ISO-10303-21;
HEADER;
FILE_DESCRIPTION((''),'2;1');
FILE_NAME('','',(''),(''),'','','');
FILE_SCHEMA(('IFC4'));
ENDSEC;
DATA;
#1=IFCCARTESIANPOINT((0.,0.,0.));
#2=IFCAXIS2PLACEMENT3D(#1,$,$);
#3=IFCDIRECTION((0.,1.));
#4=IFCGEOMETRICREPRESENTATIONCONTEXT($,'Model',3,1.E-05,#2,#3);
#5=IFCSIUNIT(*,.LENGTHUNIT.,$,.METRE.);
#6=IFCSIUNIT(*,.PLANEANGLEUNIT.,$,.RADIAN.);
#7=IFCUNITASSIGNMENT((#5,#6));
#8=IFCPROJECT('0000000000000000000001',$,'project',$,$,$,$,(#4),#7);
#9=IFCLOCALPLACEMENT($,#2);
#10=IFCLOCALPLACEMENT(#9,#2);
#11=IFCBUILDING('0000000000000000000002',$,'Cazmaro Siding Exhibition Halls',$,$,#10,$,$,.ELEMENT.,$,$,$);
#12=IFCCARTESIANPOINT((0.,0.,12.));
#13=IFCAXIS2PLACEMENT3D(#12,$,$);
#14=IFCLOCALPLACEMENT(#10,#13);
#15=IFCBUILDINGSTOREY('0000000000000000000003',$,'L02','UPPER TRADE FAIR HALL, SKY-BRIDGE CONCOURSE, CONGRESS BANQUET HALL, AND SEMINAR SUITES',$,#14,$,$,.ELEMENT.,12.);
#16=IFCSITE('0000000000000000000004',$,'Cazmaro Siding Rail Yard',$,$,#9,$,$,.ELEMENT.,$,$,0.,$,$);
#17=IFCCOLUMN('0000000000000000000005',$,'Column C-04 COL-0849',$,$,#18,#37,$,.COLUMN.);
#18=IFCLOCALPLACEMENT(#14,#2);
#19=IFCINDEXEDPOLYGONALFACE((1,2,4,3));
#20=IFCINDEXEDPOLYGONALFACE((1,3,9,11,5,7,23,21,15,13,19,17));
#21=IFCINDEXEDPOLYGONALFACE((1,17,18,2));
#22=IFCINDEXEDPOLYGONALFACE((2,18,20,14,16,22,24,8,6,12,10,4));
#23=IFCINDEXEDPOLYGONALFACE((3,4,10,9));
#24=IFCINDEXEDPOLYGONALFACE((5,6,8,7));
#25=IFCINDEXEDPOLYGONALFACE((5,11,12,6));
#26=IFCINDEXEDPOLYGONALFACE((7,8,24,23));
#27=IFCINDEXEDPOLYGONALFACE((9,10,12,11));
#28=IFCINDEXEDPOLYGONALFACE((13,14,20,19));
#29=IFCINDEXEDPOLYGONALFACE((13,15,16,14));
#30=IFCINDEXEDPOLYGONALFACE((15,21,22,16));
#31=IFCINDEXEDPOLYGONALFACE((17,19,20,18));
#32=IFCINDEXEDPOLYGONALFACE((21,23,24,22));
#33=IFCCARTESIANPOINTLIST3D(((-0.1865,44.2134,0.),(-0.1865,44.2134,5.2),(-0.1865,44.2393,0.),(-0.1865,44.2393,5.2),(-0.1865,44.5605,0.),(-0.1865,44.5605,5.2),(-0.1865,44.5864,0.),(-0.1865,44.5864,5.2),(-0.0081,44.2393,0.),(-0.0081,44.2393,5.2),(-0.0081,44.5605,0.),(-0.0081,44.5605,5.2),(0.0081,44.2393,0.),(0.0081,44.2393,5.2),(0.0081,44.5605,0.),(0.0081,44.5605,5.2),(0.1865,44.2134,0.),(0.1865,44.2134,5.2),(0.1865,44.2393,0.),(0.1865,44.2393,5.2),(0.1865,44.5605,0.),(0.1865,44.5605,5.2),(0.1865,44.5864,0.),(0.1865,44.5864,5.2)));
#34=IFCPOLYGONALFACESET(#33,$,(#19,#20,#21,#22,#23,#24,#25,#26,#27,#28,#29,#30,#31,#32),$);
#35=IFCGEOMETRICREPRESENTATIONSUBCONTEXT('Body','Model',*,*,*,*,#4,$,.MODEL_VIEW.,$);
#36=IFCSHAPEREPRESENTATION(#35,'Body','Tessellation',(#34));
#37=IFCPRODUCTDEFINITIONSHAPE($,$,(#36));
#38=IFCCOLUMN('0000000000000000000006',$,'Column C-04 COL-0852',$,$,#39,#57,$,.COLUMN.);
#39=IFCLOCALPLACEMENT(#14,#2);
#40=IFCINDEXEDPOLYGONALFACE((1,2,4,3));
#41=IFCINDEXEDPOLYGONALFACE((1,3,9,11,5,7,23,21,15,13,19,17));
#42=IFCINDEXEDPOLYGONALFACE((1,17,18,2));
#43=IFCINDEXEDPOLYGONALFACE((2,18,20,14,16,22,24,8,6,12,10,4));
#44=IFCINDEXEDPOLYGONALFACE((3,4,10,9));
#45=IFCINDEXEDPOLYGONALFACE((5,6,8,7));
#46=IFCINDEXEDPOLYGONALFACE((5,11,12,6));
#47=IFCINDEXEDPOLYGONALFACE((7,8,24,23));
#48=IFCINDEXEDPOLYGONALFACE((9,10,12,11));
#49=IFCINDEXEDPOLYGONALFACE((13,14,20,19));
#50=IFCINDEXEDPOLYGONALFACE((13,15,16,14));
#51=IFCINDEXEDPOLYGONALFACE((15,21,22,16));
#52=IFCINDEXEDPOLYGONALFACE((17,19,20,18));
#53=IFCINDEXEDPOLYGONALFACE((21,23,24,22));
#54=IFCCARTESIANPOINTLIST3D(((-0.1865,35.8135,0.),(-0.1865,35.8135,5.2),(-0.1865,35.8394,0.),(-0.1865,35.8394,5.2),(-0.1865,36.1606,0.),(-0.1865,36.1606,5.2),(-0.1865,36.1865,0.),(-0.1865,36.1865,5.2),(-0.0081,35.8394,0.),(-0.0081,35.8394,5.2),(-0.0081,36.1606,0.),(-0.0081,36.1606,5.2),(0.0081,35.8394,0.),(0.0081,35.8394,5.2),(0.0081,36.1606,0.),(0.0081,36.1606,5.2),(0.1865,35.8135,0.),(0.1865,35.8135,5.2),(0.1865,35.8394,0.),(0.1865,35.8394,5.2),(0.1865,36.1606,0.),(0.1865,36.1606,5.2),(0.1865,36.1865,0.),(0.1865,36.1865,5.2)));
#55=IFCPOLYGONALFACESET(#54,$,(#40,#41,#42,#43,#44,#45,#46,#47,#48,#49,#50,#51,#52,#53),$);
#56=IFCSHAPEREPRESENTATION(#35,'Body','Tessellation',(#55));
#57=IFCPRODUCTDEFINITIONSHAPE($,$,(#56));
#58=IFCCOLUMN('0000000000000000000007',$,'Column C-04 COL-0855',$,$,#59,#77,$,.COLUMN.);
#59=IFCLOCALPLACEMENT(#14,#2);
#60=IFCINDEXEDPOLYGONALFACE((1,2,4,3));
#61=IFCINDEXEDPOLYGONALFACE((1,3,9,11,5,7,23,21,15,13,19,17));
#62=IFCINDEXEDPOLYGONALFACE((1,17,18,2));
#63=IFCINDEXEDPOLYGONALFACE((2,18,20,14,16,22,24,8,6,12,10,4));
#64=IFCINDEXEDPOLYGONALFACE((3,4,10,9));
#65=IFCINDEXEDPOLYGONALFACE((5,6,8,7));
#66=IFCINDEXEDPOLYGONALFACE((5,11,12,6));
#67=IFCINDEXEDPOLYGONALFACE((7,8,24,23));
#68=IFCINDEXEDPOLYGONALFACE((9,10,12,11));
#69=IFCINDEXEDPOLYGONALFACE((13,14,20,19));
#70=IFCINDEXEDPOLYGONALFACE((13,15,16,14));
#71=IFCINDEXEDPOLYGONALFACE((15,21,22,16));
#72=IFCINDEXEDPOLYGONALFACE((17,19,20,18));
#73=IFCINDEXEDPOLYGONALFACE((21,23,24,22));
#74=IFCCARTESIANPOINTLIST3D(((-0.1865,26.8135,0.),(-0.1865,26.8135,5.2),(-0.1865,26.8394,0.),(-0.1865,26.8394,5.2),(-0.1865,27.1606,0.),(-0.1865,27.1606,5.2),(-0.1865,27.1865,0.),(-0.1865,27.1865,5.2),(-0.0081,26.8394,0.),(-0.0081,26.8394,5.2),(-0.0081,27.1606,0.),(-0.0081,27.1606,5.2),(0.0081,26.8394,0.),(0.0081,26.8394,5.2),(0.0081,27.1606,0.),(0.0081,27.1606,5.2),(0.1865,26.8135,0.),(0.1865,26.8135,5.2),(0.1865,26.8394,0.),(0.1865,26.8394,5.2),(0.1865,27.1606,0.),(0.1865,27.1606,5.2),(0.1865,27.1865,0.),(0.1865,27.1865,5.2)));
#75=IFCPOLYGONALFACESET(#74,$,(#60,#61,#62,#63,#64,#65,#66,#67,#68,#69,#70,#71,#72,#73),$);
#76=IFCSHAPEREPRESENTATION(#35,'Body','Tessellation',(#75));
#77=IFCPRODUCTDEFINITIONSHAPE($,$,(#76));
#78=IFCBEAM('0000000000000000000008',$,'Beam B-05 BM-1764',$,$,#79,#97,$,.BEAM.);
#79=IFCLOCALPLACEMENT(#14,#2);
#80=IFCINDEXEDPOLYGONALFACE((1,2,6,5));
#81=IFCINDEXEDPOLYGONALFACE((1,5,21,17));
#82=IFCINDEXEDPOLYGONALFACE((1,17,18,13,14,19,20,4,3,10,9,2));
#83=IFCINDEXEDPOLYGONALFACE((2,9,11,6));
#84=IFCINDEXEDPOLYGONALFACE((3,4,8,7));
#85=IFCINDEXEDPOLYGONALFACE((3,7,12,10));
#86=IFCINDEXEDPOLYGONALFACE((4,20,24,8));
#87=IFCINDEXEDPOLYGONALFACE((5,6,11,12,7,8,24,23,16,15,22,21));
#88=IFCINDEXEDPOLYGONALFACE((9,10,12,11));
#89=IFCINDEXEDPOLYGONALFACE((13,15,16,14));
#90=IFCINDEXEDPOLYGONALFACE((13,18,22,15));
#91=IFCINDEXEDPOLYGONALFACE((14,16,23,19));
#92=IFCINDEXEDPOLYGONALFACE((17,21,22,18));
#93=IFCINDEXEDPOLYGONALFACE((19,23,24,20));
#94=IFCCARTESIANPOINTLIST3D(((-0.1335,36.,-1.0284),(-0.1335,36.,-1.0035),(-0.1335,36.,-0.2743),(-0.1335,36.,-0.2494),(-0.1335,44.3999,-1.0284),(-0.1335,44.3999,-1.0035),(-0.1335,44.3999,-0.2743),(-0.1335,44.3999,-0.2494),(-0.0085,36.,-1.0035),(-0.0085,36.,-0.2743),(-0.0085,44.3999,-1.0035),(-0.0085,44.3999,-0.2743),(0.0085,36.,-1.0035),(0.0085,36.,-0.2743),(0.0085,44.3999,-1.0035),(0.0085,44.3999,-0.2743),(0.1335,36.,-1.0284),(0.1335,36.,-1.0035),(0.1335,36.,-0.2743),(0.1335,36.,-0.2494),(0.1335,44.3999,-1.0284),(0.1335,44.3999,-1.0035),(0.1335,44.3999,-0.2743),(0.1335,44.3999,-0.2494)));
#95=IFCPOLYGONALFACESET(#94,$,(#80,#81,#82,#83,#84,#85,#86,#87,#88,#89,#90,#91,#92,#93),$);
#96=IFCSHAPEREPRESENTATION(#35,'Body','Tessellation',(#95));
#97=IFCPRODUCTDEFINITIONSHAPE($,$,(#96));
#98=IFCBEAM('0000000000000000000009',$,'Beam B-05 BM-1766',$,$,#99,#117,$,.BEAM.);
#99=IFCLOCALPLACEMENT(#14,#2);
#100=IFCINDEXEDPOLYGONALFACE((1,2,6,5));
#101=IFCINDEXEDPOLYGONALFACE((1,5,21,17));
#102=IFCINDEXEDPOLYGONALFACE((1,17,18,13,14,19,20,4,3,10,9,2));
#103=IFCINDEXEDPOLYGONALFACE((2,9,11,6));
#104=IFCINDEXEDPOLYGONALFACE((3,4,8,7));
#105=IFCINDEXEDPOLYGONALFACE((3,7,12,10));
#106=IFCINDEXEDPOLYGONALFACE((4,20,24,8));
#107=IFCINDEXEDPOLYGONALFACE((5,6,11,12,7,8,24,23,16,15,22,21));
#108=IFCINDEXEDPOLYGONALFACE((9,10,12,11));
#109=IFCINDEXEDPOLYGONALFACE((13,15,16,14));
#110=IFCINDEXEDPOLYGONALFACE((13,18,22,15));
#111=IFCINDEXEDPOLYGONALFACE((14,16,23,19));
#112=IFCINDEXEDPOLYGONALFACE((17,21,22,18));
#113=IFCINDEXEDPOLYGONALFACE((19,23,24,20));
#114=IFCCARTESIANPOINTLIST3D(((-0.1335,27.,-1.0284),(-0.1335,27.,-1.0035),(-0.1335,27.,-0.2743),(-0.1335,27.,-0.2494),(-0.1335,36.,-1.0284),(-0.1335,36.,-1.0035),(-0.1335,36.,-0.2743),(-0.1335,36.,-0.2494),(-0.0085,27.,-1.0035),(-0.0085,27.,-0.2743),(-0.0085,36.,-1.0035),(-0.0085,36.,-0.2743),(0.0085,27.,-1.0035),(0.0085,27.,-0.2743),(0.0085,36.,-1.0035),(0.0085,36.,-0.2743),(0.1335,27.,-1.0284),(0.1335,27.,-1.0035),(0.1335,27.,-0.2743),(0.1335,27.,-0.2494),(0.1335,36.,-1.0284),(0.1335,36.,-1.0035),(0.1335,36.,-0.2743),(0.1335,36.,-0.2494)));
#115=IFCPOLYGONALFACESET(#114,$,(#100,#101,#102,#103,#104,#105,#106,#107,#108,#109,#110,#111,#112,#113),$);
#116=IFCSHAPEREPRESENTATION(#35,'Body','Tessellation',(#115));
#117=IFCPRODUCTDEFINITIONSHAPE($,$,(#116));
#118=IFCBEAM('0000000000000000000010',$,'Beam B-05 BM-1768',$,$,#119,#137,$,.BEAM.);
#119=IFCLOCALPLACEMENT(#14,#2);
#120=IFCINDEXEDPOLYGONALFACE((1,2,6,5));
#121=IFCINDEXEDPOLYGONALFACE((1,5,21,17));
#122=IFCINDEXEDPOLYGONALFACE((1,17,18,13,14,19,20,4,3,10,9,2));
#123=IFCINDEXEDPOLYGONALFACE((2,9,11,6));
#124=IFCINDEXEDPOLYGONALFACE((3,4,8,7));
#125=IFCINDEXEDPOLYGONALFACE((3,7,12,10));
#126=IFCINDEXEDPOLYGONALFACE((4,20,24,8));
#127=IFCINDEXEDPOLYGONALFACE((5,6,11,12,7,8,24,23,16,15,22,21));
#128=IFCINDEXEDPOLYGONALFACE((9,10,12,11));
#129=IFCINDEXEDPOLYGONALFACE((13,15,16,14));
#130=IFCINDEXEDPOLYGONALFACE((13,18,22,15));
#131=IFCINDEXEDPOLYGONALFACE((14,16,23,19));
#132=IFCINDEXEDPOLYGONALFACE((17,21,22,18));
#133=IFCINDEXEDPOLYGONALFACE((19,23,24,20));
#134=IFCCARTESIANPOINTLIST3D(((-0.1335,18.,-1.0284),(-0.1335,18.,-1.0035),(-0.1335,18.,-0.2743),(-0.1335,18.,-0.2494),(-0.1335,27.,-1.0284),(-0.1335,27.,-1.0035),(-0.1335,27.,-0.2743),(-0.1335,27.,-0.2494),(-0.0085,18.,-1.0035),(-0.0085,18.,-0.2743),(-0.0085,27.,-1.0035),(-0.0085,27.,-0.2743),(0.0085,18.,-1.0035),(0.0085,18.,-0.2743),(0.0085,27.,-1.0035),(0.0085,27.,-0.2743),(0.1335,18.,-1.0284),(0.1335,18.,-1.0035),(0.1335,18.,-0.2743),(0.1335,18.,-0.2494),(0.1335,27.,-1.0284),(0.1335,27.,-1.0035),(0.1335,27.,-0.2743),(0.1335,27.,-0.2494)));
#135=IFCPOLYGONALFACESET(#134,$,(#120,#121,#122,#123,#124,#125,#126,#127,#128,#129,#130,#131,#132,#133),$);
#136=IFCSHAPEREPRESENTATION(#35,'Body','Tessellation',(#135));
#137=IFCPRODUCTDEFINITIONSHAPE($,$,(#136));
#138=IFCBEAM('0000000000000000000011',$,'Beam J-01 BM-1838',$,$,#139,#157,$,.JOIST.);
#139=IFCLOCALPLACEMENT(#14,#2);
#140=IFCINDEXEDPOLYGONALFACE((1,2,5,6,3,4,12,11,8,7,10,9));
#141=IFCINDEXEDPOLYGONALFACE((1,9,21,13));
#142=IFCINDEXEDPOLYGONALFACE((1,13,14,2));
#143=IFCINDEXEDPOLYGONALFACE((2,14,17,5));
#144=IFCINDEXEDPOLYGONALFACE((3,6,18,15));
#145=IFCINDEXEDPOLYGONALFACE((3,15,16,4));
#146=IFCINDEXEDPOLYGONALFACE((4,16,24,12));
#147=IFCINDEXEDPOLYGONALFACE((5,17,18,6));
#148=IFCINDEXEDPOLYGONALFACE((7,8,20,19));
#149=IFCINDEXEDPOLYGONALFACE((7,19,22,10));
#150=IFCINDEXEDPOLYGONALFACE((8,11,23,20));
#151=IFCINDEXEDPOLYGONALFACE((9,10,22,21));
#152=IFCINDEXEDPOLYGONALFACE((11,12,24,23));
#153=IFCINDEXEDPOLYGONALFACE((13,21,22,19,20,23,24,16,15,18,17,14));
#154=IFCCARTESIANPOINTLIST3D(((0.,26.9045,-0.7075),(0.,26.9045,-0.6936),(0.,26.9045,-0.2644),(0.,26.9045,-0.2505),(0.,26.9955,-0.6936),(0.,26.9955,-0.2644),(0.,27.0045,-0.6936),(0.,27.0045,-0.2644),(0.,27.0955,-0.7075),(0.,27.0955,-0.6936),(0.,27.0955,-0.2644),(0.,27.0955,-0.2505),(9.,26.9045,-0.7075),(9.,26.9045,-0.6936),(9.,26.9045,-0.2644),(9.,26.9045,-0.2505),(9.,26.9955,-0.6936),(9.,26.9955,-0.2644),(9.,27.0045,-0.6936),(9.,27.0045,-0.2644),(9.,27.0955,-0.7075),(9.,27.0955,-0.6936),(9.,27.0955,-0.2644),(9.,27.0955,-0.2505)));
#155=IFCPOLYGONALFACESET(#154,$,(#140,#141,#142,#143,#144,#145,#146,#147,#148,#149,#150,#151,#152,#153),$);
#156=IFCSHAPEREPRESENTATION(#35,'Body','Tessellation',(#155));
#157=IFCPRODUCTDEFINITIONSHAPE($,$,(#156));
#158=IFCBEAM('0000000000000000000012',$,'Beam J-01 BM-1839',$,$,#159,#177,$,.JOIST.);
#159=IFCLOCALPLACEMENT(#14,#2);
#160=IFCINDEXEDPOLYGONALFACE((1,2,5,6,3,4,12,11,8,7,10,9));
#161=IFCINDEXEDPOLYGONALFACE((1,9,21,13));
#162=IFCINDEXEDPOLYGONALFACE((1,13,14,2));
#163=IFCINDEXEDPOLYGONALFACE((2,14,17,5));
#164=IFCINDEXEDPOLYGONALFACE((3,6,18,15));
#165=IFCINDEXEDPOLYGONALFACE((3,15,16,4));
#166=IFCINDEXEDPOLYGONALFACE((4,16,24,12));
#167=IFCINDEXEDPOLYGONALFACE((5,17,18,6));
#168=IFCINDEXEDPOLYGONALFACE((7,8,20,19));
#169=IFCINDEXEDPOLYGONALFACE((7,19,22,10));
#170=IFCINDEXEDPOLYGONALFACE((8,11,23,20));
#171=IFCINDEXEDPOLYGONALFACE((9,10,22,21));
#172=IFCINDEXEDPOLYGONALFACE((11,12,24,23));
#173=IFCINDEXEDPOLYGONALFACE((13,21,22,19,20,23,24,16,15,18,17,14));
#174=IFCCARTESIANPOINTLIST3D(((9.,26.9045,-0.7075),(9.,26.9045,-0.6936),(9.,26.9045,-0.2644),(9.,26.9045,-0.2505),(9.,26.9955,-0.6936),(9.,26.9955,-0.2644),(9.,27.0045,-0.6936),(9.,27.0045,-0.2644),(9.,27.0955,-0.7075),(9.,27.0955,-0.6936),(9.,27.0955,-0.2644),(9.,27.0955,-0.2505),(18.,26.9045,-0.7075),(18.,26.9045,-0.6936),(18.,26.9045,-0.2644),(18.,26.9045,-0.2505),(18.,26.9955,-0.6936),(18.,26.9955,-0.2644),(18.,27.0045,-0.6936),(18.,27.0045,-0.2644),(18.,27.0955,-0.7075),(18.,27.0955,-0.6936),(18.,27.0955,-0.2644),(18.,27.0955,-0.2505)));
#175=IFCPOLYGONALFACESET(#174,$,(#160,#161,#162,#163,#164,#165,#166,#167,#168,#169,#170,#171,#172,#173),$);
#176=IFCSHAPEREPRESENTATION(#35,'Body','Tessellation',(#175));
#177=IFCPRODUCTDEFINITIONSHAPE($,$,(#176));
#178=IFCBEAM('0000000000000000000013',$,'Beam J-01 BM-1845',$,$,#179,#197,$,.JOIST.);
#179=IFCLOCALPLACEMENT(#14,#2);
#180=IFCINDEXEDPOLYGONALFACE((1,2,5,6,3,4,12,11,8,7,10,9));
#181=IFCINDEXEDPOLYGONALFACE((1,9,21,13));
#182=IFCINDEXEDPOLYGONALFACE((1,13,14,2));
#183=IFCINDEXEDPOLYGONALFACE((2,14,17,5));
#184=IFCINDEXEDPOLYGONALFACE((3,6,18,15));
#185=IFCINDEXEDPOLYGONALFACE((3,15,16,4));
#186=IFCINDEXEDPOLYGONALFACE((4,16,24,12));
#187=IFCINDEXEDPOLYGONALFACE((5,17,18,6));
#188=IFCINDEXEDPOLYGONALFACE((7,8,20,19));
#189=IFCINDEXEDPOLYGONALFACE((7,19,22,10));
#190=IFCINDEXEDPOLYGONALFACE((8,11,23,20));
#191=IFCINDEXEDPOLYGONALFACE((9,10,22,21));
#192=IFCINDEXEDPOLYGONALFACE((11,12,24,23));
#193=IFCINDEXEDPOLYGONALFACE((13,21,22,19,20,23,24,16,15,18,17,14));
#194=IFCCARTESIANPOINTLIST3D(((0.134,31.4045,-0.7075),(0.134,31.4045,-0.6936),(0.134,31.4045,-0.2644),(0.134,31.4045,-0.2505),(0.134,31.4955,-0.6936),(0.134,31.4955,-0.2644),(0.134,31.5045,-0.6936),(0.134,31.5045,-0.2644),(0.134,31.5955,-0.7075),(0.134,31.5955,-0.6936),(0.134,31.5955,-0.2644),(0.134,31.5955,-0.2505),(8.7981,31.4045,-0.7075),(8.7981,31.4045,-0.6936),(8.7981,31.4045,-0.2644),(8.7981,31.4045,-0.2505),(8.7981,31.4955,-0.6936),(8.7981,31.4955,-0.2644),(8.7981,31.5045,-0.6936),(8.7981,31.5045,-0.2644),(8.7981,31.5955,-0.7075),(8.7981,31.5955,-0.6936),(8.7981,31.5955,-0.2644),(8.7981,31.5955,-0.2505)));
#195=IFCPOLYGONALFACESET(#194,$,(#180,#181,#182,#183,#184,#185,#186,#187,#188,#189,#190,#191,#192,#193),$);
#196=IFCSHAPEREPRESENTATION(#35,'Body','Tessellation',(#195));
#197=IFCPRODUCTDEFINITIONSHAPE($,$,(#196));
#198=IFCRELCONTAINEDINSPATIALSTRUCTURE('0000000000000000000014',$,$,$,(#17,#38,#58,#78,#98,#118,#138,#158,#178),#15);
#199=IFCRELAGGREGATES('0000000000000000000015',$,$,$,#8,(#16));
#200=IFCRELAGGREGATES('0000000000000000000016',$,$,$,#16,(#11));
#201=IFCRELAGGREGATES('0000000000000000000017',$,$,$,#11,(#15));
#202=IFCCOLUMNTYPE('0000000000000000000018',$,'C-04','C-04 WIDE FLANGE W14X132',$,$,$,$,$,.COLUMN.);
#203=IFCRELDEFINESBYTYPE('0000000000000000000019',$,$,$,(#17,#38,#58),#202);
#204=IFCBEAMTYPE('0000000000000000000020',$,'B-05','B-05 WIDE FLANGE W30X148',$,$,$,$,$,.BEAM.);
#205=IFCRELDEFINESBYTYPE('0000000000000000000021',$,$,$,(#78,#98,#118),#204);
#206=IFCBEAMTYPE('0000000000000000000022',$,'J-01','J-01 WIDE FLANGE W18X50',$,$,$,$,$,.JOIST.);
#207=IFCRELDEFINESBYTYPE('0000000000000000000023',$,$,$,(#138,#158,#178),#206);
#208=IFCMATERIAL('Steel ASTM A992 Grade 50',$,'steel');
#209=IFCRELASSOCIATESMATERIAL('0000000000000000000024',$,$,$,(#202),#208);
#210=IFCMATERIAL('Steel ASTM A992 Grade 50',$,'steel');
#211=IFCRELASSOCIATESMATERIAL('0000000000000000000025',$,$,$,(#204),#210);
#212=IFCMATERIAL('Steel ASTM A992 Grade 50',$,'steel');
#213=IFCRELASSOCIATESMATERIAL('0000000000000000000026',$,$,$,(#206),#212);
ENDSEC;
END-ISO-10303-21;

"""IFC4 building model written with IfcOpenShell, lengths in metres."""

from ifc_helpers import new_model, si_unit, direction, frame, origin, origin_2d, place, context, subcontext, project, spatial, i_section, extrude, material, material_profile, profile_set, type_object, element, save


model = new_model("IFC4")

# Units and contexts
model_context = context("Model", 3, precision=1e-05, world=origin(), true_north=direction((0.0, 1.0)))
body_context = subcontext(model_context, "Body", "Model", "MODEL_VIEW")
ifc_project = project(units=[si_unit("LENGTHUNIT", "METRE"), si_unit("PLANEANGLEUNIT", "RADIAN")], contexts=[model_context])

# Site, building, storey
site_placement = place(None, origin())
site = spatial("IfcSite", under=ifc_project, at=site_placement, Name="Cazmaro Siding Rail Yard", CompositionType="ELEMENT", RefElevation=0.0)
building_placement = place(site_placement, origin())
building = spatial("IfcBuilding", under=site, at=building_placement, Name="Cazmaro Siding Exhibition Halls", CompositionType="ELEMENT")
storey_placement = place(building_placement, frame((0.0, 0.0, 12.0)))
storey = spatial("IfcBuildingStorey", under=building, at=storey_placement, Name="L02", Description="UPPER TRADE FAIR HALL, SKY-BRIDGE CONCOURSE, CONGRESS BANQUET HALL, AND SEMINAR SUITES", CompositionType="ELEMENT", Elevation=12.0)

# Columns
ifc_material_1 = material(Name="Steel ASTM A992 Grade 50", Category="steel")
ifc_material_profile_1 = material_profile(ifc_material_1, i_section(OverallWidth=0.373, OverallDepth=0.373, WebThickness=0.0161, FlangeThickness=0.0259, at=origin_2d()), Name="W14X132")
ifc_profile_set_1 = profile_set([ifc_material_profile_1], Name="Steel ASTM A992 Grade 50")
column_type = type_object("IfcColumnType", Name="C-04", Description="C-04 WIDE FLANGE W14X132", PredefinedType="COLUMN", material=ifc_profile_set_1)
for number, where, z_axis, x_axis, name in (
    (1, (0.0, 44.3999, 0.0), (0.0, 0.0, 1.0), (1.0, 0.0, 0.0), "Column C-04 COL-0849"),
    (2, (0.0, 36.0, 0.0), (0.0, 0.0, 1.0), (1.0, 0.0, 0.0), "Column C-04 COL-0852"),
    (3, (0.0, 27.0, 0.0), (0.0, 0.0, 1.0), (1.0, 0.0, 0.0), "Column C-04 COL-0855"),
):
    element("IfcColumn", number, at=place(storey_placement, frame(where, z_axis=z_axis, x_axis=x_axis)), inside=storey, type_object=column_type, Name=name, PredefinedType="COLUMN", context=body_context, shape_type="SweptSolid", body=[
        extrude(i_section(OverallWidth=0.373, OverallDepth=0.373, WebThickness=0.0161, FlangeThickness=0.0259, at=origin_2d()), origin(), (0.0, 0.0, 1.0), 5.2),
    ])

# Beams
ifc_material_2 = material(Name="Steel ASTM A992 Grade 50", Category="steel")
ifc_material_profile_2 = material_profile(ifc_material_2, i_section(OverallWidth=0.2671, OverallDepth=0.7791, WebThickness=0.0171, FlangeThickness=0.0249, at=origin_2d()), Name="W30X148")
ifc_profile_set_2 = profile_set([ifc_material_profile_2], Name="Steel ASTM A992 Grade 50")
beam_type_1 = type_object("IfcBeamType", Name="B-05", Description="B-05 WIDE FLANGE W30X148", PredefinedType="BEAM", material=ifc_profile_set_2)
beam_1_placement = place(storey_placement, frame((0.0, 44.3999, -0.6389), z_axis=(0.0, -1.0, 0.0), x_axis=(1.0, 0.0, 0.0)))
element("IfcBeam", 4, at=beam_1_placement, inside=storey, type_object=beam_type_1, Name="Beam B-05 BM-1764", PredefinedType="BEAM", context=body_context, shape_type="SweptSolid", body=[
    extrude(i_section(OverallWidth=0.2671, OverallDepth=0.7791, WebThickness=0.0171, FlangeThickness=0.0249, at=origin_2d()), origin(), (0.0, 0.0, 1.0), 8.3999),
])
for number, where, z_axis, x_axis, name in (
    (5, (0.0, 36.0, -0.6389), (0.0, -1.0, 0.0), (1.0, 0.0, 0.0), "Beam B-05 BM-1766"),
    (6, (0.0, 27.0, -0.6389), (0.0, -1.0, 0.0), (1.0, 0.0, 0.0), "Beam B-05 BM-1768"),
):
    element("IfcBeam", number, at=place(storey_placement, frame(where, z_axis=z_axis, x_axis=x_axis)), inside=storey, type_object=beam_type_1, Name=name, PredefinedType="BEAM", context=body_context, shape_type="SweptSolid", body=[
        extrude(i_section(OverallWidth=0.2671, OverallDepth=0.7791, WebThickness=0.0171, FlangeThickness=0.0249, at=origin_2d()), origin(), (0.0, 0.0, 1.0), 9.0),
    ])
ifc_material_3 = material(Name="Steel ASTM A992 Grade 50", Category="steel")
ifc_material_profile_3 = material_profile(ifc_material_3, i_section(OverallWidth=0.1909, OverallDepth=0.457, WebThickness=0.009, FlangeThickness=0.0139, at=origin_2d()), Name="W18X50")
ifc_profile_set_3 = profile_set([ifc_material_profile_3], Name="Steel ASTM A992 Grade 50")
beam_type_2 = type_object("IfcBeamType", Name="J-01", Description="J-01 WIDE FLANGE W18X50", PredefinedType="JOIST", material=ifc_profile_set_3)
for number, where, z_axis, x_axis, name in (
    (7, (0.0, 27.0, -0.479), (1.0, 0.0, 0.0), (0.0, 1.0, 0.0), "Beam J-01 BM-1838"),
    (8, (9.0, 27.0, -0.479), (1.0, 0.0, 0.0), (0.0, 1.0, 0.0), "Beam J-01 BM-1839"),
):
    element("IfcBeam", number, at=place(storey_placement, frame(where, z_axis=z_axis, x_axis=x_axis)), inside=storey, type_object=beam_type_2, Name=name, PredefinedType="JOIST", context=body_context, shape_type="SweptSolid", body=[
        extrude(i_section(OverallWidth=0.1909, OverallDepth=0.457, WebThickness=0.009, FlangeThickness=0.0139, at=origin_2d()), origin(), (0.0, 0.0, 1.0), 9.0),
    ])
beam_2_placement = place(storey_placement, frame((0.134, 31.5, -0.479), z_axis=(1.0, 0.0, 0.0), x_axis=(0.0, 1.0, 0.0)))
element("IfcBeam", 9, at=beam_2_placement, inside=storey, type_object=beam_type_2, Name="Beam J-01 BM-1845", PredefinedType="JOIST", context=body_context, shape_type="SweptSolid", body=[
    extrude(i_section(OverallWidth=0.1909, OverallDepth=0.457, WebThickness=0.009, FlangeThickness=0.0139, at=origin_2d()), origin(), (0.0, 0.0, 1.0), 8.6641),
])

save(model, "model.ifc")
